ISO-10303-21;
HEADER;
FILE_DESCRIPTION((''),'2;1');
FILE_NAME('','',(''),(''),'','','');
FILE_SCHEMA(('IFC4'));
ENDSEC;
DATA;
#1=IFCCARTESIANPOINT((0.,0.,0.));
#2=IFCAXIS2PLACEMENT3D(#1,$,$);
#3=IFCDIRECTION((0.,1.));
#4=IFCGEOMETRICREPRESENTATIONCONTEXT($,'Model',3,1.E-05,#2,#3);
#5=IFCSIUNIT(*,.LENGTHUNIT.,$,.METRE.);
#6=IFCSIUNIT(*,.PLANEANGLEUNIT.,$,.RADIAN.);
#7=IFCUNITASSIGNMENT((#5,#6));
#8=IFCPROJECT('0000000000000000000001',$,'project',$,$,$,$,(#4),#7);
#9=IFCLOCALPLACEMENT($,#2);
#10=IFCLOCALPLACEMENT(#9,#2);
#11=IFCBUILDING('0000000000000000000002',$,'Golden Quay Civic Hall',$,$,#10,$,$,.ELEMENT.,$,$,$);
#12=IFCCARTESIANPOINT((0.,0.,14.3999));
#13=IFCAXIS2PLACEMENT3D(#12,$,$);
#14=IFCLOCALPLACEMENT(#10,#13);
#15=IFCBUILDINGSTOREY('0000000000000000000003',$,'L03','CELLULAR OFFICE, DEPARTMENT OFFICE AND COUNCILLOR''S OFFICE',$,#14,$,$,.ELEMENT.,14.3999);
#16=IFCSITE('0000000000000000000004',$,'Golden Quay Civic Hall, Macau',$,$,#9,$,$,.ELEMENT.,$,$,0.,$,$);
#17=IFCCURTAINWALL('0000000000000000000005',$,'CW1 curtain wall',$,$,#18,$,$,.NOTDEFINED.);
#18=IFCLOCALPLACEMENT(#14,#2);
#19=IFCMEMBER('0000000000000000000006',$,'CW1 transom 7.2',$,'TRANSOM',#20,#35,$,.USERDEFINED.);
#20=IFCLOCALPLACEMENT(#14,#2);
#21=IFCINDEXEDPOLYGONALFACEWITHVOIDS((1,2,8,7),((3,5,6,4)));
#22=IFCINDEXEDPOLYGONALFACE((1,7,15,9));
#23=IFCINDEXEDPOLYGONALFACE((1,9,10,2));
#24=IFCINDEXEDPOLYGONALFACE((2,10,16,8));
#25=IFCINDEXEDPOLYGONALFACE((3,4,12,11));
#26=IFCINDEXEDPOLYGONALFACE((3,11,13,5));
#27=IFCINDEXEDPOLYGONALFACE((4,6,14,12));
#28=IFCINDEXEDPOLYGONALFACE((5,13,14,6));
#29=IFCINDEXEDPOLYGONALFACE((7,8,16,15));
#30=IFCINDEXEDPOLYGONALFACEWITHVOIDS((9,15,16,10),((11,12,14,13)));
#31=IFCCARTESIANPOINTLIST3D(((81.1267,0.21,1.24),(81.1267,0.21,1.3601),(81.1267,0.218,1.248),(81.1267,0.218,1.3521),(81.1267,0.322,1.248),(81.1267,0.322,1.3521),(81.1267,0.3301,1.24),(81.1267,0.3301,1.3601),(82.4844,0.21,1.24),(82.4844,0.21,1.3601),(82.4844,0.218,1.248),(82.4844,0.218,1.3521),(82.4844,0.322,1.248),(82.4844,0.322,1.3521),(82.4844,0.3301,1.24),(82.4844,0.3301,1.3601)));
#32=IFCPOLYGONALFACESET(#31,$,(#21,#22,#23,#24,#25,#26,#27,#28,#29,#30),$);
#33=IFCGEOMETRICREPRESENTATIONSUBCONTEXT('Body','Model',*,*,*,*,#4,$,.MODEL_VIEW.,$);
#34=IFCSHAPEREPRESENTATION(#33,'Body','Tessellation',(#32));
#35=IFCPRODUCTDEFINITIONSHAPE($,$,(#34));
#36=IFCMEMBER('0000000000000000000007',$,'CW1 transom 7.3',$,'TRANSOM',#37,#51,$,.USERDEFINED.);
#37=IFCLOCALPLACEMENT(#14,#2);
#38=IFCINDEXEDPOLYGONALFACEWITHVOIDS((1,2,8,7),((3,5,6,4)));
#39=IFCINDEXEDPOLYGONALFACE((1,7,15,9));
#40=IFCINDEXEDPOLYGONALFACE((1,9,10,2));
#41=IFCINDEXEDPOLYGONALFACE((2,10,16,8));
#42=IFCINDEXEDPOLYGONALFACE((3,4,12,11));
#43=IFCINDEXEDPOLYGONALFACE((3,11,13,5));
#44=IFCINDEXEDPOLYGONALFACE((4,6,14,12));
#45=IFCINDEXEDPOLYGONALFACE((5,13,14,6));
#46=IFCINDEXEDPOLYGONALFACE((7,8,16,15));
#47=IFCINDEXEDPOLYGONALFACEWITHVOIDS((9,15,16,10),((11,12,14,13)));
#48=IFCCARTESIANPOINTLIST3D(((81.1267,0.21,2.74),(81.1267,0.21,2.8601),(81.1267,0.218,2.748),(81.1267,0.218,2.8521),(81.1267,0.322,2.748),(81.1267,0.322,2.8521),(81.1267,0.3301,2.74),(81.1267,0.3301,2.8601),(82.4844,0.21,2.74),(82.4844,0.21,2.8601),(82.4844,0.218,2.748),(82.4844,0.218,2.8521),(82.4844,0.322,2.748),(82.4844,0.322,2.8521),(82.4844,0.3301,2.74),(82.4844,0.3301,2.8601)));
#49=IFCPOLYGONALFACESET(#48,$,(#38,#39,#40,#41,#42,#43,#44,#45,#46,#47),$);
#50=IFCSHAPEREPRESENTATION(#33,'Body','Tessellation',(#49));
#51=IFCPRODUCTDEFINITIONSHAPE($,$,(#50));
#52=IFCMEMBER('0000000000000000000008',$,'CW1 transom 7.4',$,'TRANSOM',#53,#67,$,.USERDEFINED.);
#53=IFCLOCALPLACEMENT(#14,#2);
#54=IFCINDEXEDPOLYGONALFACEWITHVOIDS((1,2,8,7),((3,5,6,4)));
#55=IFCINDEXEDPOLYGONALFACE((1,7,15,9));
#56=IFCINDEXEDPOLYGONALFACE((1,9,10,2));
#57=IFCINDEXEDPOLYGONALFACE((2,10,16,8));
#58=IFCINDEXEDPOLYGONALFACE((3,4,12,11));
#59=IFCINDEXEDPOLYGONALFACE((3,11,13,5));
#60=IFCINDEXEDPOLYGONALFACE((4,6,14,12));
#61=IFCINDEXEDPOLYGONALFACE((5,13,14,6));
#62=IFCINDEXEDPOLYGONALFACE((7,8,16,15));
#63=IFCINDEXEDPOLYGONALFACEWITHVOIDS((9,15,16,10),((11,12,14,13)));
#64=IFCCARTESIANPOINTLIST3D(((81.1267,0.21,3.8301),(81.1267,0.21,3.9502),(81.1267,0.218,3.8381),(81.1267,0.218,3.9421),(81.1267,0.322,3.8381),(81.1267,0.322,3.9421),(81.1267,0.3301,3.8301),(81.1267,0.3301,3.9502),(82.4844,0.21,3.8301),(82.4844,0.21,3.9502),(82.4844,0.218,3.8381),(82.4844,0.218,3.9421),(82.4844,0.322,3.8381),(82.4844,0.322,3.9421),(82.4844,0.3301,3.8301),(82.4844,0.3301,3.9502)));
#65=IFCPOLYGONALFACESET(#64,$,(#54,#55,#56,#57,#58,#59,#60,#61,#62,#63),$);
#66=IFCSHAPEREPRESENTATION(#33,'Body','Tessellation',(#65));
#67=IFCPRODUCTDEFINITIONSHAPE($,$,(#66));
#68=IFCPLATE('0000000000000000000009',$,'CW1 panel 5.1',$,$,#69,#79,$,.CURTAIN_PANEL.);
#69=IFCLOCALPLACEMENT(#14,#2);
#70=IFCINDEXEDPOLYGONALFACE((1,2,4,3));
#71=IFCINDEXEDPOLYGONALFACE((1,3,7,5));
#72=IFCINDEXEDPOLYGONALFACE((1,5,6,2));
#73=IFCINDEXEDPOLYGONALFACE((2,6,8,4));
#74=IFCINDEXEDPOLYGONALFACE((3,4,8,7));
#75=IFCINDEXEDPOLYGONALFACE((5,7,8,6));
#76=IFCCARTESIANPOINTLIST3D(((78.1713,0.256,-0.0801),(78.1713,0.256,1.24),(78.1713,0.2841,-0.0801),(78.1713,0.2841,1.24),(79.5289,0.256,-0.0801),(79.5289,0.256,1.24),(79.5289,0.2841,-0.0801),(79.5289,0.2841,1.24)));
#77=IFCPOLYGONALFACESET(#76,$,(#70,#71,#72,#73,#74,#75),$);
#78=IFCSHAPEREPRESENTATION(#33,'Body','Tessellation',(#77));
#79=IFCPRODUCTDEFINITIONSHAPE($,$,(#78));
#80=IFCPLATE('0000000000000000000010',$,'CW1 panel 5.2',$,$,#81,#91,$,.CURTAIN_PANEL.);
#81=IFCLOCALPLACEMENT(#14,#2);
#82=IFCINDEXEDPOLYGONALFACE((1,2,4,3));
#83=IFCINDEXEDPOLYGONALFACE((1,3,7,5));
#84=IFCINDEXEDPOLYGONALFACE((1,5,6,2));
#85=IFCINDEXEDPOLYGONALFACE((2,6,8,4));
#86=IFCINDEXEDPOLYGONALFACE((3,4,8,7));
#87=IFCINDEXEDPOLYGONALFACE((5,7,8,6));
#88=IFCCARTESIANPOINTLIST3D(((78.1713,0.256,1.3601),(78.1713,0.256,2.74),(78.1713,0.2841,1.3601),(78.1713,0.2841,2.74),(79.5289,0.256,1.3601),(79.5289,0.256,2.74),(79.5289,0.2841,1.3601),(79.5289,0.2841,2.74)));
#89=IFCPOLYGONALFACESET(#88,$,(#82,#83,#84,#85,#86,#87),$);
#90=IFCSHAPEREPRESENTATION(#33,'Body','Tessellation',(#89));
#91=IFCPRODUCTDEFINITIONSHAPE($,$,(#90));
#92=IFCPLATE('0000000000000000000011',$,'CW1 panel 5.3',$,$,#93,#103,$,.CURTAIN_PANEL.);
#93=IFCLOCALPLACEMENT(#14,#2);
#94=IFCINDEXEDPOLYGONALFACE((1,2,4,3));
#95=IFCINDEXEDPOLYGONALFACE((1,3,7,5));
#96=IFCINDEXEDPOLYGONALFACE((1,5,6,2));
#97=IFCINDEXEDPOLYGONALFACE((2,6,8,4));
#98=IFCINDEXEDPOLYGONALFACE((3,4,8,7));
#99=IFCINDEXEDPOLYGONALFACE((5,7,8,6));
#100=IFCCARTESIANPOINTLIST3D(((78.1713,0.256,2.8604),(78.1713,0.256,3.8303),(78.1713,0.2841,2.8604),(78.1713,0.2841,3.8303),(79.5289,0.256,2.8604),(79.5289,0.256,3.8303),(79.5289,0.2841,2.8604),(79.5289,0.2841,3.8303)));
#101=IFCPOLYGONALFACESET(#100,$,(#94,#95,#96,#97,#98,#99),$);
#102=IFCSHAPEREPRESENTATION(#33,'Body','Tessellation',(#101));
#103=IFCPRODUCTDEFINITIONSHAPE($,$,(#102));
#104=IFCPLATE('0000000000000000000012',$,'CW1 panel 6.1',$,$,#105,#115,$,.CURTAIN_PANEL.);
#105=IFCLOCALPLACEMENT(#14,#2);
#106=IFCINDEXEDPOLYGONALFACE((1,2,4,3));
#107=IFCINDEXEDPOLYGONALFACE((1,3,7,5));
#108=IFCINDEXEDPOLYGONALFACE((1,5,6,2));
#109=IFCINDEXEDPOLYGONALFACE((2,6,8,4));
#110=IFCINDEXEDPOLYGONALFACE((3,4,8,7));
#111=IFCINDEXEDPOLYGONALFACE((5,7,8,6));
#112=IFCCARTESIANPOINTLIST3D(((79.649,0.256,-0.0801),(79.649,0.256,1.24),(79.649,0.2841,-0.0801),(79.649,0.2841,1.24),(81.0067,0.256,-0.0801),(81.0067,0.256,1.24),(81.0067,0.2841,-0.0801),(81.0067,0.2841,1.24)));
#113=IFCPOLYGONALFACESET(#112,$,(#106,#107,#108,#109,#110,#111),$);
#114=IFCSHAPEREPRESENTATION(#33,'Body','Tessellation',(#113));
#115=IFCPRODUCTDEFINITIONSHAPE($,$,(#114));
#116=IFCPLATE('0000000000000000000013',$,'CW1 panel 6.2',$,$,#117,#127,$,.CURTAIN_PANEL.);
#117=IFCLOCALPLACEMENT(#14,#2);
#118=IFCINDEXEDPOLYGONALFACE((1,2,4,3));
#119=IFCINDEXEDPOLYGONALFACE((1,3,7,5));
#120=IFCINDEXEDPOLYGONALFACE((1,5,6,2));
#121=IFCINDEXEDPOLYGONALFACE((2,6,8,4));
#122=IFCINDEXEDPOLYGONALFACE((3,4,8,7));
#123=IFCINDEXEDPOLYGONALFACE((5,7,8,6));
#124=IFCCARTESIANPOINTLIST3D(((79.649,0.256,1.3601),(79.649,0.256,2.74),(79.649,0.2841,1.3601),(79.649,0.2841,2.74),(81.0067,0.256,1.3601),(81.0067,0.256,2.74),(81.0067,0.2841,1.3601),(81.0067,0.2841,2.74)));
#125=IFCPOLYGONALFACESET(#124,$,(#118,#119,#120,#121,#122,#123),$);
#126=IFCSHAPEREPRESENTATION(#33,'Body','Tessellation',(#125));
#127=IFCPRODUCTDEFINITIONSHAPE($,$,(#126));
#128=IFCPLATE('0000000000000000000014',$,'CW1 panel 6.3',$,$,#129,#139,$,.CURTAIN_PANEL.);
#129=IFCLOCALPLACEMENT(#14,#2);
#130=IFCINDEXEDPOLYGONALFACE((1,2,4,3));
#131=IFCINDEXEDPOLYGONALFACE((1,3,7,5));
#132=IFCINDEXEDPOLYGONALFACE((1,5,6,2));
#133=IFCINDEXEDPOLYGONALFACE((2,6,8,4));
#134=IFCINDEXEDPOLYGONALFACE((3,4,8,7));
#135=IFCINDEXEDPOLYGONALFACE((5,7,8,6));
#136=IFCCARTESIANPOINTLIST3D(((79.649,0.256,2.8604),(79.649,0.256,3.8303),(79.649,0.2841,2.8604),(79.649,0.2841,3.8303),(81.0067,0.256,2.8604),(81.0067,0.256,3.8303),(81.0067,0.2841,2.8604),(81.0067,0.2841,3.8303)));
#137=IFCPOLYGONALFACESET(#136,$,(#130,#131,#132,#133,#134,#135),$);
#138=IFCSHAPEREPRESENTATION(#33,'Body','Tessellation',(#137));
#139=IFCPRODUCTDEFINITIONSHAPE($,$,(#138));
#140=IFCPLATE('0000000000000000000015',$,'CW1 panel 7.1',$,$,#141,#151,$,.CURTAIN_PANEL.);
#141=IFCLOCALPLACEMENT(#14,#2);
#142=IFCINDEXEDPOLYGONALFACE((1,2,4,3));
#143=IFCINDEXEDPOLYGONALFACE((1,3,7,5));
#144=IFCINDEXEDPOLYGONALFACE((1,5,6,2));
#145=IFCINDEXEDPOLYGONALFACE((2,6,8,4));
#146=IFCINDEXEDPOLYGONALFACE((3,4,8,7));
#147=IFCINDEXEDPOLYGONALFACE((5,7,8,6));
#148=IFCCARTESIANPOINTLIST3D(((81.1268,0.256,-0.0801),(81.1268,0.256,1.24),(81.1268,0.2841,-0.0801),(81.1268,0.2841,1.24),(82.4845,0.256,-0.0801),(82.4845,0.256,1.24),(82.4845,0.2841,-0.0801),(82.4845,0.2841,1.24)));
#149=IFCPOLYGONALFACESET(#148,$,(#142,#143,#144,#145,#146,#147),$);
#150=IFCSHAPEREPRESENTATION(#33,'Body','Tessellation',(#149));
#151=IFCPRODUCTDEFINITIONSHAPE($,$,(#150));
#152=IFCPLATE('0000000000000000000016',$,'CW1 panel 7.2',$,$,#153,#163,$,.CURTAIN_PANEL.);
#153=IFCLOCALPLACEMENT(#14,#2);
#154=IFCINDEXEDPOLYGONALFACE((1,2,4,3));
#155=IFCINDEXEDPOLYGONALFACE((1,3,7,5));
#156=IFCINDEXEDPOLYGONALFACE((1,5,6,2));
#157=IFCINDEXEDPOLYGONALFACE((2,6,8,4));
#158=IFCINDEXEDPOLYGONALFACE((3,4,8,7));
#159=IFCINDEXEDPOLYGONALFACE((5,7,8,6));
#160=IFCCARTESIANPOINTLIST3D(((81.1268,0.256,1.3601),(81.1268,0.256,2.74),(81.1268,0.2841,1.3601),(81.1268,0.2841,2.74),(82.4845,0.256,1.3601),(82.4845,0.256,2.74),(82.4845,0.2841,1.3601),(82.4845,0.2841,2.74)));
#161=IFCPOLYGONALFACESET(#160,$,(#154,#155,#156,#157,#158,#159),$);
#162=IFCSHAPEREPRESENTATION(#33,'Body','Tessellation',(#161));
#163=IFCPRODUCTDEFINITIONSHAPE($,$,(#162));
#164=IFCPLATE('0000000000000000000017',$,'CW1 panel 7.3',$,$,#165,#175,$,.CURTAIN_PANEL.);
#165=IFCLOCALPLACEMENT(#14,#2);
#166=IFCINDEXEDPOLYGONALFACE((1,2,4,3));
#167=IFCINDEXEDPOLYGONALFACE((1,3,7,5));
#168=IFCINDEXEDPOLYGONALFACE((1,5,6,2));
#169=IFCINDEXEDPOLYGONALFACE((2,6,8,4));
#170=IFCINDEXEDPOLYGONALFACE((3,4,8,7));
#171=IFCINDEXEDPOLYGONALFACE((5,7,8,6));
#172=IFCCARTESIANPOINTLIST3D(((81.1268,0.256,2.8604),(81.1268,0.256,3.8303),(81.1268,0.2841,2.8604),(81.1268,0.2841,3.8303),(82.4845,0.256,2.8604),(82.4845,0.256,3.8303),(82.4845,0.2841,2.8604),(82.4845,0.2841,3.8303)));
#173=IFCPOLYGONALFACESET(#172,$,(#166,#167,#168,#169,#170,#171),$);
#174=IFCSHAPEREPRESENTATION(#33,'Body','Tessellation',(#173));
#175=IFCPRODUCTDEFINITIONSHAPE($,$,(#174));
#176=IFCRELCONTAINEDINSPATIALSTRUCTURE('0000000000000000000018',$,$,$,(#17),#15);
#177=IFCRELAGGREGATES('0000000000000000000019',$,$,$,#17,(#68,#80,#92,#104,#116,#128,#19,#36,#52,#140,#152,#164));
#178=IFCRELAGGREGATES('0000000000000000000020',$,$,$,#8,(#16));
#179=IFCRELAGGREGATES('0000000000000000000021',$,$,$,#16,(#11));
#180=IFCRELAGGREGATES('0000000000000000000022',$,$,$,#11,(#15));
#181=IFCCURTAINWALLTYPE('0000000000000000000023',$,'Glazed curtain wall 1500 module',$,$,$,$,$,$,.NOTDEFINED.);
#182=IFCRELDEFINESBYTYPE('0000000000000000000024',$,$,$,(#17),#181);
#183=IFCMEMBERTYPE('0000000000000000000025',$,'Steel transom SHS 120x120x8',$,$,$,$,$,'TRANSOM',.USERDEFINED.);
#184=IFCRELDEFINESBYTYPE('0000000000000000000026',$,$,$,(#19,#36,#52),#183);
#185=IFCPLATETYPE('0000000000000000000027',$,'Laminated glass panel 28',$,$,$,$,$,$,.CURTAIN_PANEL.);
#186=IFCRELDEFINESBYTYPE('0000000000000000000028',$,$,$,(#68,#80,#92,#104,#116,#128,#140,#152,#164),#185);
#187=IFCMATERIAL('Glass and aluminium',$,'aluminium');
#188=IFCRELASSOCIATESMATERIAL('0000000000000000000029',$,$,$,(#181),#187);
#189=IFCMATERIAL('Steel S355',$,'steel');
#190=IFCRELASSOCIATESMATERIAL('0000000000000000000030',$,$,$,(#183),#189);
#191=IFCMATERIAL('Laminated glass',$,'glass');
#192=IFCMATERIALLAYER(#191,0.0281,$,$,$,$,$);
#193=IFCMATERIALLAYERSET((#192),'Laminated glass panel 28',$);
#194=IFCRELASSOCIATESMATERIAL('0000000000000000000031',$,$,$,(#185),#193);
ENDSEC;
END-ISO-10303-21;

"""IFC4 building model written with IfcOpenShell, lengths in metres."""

from ifc_helpers import new_model, si_unit, direction, frame, origin, origin_2d, place, context, subcontext, project, spatial, rectangle, hollow_rectangle, extrude, material, layer, layer_set, material_profile, profile_set, type_object, element, aggregate, save


model = new_model("IFC4")

# Units and contexts
model_context = context("Model", 3, precision=1e-05, world=origin(), true_north=direction((0.0, 1.0)))
body_context = subcontext(model_context, "Body", "Model", "MODEL_VIEW")
ifc_project = project(units=[si_unit("LENGTHUNIT", "METRE"), si_unit("PLANEANGLEUNIT", "RADIAN")], contexts=[model_context])

# Site, building, storey
site_placement = place(None, origin())
site = spatial("IfcSite", under=ifc_project, at=site_placement, Name="Golden Quay Civic Hall, Macau", CompositionType="ELEMENT", RefElevation=0.0)
building_placement = place(site_placement, origin())
building = spatial("IfcBuilding", under=site, at=building_placement, Name="Golden Quay Civic Hall", CompositionType="ELEMENT")
storey_placement = place(building_placement, frame((0.0, 0.0, 14.3999)))
storey = spatial("IfcBuildingStorey", under=building, at=storey_placement, Name="L03", Description="CELLULAR OFFICE, DEPARTMENT OFFICE AND COUNCILLOR'S OFFICE", CompositionType="ELEMENT", Elevation=14.3999)

# Curtain wall, members, plates
ifc_material_1 = material(Name="Glass and aluminium", Category="aluminium")
curtain_wall_type = type_object("IfcCurtainWallType", Name="Glazed curtain wall 1500 module", PredefinedType="NOTDEFINED", material=ifc_material_1)
curtain_wall_placement = place(storey_placement, origin())
curtain_wall = element("IfcCurtainWall", 1, at=curtain_wall_placement, inside=storey, type_object=curtain_wall_type, Name="CW1 curtain wall", PredefinedType="NOTDEFINED")
ifc_material_2 = material(Name="Steel S355", Category="steel")
ifc_material_profile_1 = material_profile(ifc_material_2, hollow_rectangle(XDim=0.1201, YDim=0.1201, WallThickness=0.0081, at=origin_2d()), Name="SHS 120x120x8")
ifc_profile_set_1 = profile_set([ifc_material_profile_1], Name="Steel S355")
member_type_1 = type_object("IfcMemberType", Name="Steel transom SHS 120x120x8", ElementType="TRANSOM", PredefinedType="USERDEFINED", material=ifc_profile_set_1)
member_1_placement = place(storey_placement, frame((81.1267, 0.27, 1.3), z_axis=(1.0, 0.0, 0.0), x_axis=(0.0, 1.0, 0.0)))
member_1 = element("IfcMember", 2, at=member_1_placement, type_object=member_type_1, Name="CW1 transom 7.2", ObjectType="TRANSOM", PredefinedType="USERDEFINED", context=body_context, shape_type="SweptSolid", body=[
    extrude(hollow_rectangle(XDim=0.1201, YDim=0.1201, WallThickness=0.0081, at=origin_2d()), origin(), (0.0, 0.0, 1.0), 1.3577),
])
member_2_placement = place(storey_placement, frame((81.1267, 0.27, 2.8), z_axis=(1.0, 0.0, 0.0), x_axis=(0.0, 1.0, 0.0)))
member_2 = element("IfcMember", 3, at=member_2_placement, type_object=member_type_1, Name="CW1 transom 7.3", ObjectType="TRANSOM", PredefinedType="USERDEFINED", context=body_context, shape_type="SweptSolid", body=[
    extrude(hollow_rectangle(XDim=0.1201, YDim=0.1201, WallThickness=0.0081, at=origin_2d()), origin(), (0.0, 0.0, 1.0), 1.3577),
])
member_3_placement = place(storey_placement, frame((81.1267, 0.27, 3.8901), z_axis=(1.0, 0.0, 0.0), x_axis=(0.0, 1.0, 0.0)))
member_3 = element("IfcMember", 4, at=member_3_placement, type_object=member_type_1, Name="CW1 transom 7.4", ObjectType="TRANSOM", PredefinedType="USERDEFINED", context=body_context, shape_type="SweptSolid", body=[
    extrude(hollow_rectangle(XDim=0.1201, YDim=0.1201, WallThickness=0.0081, at=origin_2d()), origin(), (0.0, 0.0, 1.0), 1.3577),
])
ifc_material_3 = material(Name="Laminated glass", Category="glass")
ifc_layer_1 = layer(ifc_material_3, 0.0281)
ifc_layer_set_1 = layer_set([ifc_layer_1], Name="Laminated glass panel 28")
plate_type = type_object("IfcPlateType", Name="Laminated glass panel 28", PredefinedType="CURTAIN_PANEL", material=ifc_layer_set_1)
plate_1_placement = place(storey_placement, frame((78.8501, 0.27, -0.0801), z_axis=(0.0, 0.0, 1.0), x_axis=(1.0, 0.0, 0.0)))
plate_1 = element("IfcPlate", 5, at=plate_1_placement, type_object=plate_type, Name="CW1 panel 5.1", PredefinedType="CURTAIN_PANEL", context=body_context, shape_type="SweptSolid", body=[
    extrude(rectangle(XDim=1.3577, YDim=0.0281, at=origin_2d()), origin(), (0.0, 0.0, 1.0), 1.3201),
])
plate_2_placement = place(storey_placement, frame((78.8501, 0.27, 1.3601), z_axis=(0.0, 0.0, 1.0), x_axis=(1.0, 0.0, 0.0)))
plate_2 = element("IfcPlate", 6, at=plate_2_placement, type_object=plate_type, Name="CW1 panel 5.2", PredefinedType="CURTAIN_PANEL", context=body_context, shape_type="SweptSolid", body=[
    extrude(rectangle(XDim=1.3577, YDim=0.0281, at=origin_2d()), origin(), (0.0, 0.0, 1.0), 1.3799),
])
plate_3_placement = place(storey_placement, frame((78.8501, 0.27, 2.8604), z_axis=(0.0, 0.0, 1.0), x_axis=(1.0, 0.0, 0.0)))
plate_3 = element("IfcPlate", 7, at=plate_3_placement, type_object=plate_type, Name="CW1 panel 5.3", PredefinedType="CURTAIN_PANEL", context=body_context, shape_type="SweptSolid", body=[
    extrude(rectangle(XDim=1.3577, YDim=0.0281, at=origin_2d()), origin(), (0.0, 0.0, 1.0), 0.97),
])
plate_4_placement = place(storey_placement, frame((80.3279, 0.27, -0.0801), z_axis=(0.0, 0.0, 1.0), x_axis=(1.0, 0.0, 0.0)))
plate_4 = element("IfcPlate", 8, at=plate_4_placement, type_object=plate_type, Name="CW1 panel 6.1", PredefinedType="CURTAIN_PANEL", context=body_context, shape_type="SweptSolid", body=[
    extrude(rectangle(XDim=1.3577, YDim=0.0281, at=origin_2d()), origin(), (0.0, 0.0, 1.0), 1.3201),
])
plate_5_placement = place(storey_placement, frame((80.3279, 0.27, 1.3601), z_axis=(0.0, 0.0, 1.0), x_axis=(1.0, 0.0, 0.0)))
plate_5 = element("IfcPlate", 9, at=plate_5_placement, type_object=plate_type, Name="CW1 panel 6.2", PredefinedType="CURTAIN_PANEL", context=body_context, shape_type="SweptSolid", body=[
    extrude(rectangle(XDim=1.3577, YDim=0.0281, at=origin_2d()), origin(), (0.0, 0.0, 1.0), 1.3799),
])
plate_6_placement = place(storey_placement, frame((80.3279, 0.27, 2.8604), z_axis=(0.0, 0.0, 1.0), x_axis=(1.0, 0.0, 0.0)))
plate_6 = element("IfcPlate", 10, at=plate_6_placement, type_object=plate_type, Name="CW1 panel 6.3", PredefinedType="CURTAIN_PANEL", context=body_context, shape_type="SweptSolid", body=[
    extrude(rectangle(XDim=1.3577, YDim=0.0281, at=origin_2d()), origin(), (0.0, 0.0, 1.0), 0.97),
])
plate_7_placement = place(storey_placement, frame((81.8057, 0.27, -0.0801), z_axis=(0.0, 0.0, 1.0), x_axis=(1.0, 0.0, 0.0)))
plate_7 = element("IfcPlate", 11, at=plate_7_placement, type_object=plate_type, Name="CW1 panel 7.1", PredefinedType="CURTAIN_PANEL", context=body_context, shape_type="SweptSolid", body=[
    extrude(rectangle(XDim=1.3577, YDim=0.0281, at=origin_2d()), origin(), (0.0, 0.0, 1.0), 1.3201),
])
plate_8_placement = place(storey_placement, frame((81.8057, 0.27, 1.3601), z_axis=(0.0, 0.0, 1.0), x_axis=(1.0, 0.0, 0.0)))
plate_8 = element("IfcPlate", 12, at=plate_8_placement, type_object=plate_type, Name="CW1 panel 7.2", PredefinedType="CURTAIN_PANEL", context=body_context, shape_type="SweptSolid", body=[
    extrude(rectangle(XDim=1.3577, YDim=0.0281, at=origin_2d()), origin(), (0.0, 0.0, 1.0), 1.3799),
])
plate_9_placement = place(storey_placement, frame((81.8057, 0.27, 2.8604), z_axis=(0.0, 0.0, 1.0), x_axis=(1.0, 0.0, 0.0)))
plate_9 = element("IfcPlate", 13, at=plate_9_placement, type_object=plate_type, Name="CW1 panel 7.3", PredefinedType="CURTAIN_PANEL", context=body_context, shape_type="SweptSolid", body=[
    extrude(rectangle(XDim=1.3577, YDim=0.0281, at=origin_2d()), origin(), (0.0, 0.0, 1.0), 0.97),
])
aggregate(curtain_wall, [plate_1, plate_2, plate_3, plate_4, plate_5, plate_6, member_1, member_2, member_3, plate_7, plate_8, plate_9])

save(model, "model.ifc")
